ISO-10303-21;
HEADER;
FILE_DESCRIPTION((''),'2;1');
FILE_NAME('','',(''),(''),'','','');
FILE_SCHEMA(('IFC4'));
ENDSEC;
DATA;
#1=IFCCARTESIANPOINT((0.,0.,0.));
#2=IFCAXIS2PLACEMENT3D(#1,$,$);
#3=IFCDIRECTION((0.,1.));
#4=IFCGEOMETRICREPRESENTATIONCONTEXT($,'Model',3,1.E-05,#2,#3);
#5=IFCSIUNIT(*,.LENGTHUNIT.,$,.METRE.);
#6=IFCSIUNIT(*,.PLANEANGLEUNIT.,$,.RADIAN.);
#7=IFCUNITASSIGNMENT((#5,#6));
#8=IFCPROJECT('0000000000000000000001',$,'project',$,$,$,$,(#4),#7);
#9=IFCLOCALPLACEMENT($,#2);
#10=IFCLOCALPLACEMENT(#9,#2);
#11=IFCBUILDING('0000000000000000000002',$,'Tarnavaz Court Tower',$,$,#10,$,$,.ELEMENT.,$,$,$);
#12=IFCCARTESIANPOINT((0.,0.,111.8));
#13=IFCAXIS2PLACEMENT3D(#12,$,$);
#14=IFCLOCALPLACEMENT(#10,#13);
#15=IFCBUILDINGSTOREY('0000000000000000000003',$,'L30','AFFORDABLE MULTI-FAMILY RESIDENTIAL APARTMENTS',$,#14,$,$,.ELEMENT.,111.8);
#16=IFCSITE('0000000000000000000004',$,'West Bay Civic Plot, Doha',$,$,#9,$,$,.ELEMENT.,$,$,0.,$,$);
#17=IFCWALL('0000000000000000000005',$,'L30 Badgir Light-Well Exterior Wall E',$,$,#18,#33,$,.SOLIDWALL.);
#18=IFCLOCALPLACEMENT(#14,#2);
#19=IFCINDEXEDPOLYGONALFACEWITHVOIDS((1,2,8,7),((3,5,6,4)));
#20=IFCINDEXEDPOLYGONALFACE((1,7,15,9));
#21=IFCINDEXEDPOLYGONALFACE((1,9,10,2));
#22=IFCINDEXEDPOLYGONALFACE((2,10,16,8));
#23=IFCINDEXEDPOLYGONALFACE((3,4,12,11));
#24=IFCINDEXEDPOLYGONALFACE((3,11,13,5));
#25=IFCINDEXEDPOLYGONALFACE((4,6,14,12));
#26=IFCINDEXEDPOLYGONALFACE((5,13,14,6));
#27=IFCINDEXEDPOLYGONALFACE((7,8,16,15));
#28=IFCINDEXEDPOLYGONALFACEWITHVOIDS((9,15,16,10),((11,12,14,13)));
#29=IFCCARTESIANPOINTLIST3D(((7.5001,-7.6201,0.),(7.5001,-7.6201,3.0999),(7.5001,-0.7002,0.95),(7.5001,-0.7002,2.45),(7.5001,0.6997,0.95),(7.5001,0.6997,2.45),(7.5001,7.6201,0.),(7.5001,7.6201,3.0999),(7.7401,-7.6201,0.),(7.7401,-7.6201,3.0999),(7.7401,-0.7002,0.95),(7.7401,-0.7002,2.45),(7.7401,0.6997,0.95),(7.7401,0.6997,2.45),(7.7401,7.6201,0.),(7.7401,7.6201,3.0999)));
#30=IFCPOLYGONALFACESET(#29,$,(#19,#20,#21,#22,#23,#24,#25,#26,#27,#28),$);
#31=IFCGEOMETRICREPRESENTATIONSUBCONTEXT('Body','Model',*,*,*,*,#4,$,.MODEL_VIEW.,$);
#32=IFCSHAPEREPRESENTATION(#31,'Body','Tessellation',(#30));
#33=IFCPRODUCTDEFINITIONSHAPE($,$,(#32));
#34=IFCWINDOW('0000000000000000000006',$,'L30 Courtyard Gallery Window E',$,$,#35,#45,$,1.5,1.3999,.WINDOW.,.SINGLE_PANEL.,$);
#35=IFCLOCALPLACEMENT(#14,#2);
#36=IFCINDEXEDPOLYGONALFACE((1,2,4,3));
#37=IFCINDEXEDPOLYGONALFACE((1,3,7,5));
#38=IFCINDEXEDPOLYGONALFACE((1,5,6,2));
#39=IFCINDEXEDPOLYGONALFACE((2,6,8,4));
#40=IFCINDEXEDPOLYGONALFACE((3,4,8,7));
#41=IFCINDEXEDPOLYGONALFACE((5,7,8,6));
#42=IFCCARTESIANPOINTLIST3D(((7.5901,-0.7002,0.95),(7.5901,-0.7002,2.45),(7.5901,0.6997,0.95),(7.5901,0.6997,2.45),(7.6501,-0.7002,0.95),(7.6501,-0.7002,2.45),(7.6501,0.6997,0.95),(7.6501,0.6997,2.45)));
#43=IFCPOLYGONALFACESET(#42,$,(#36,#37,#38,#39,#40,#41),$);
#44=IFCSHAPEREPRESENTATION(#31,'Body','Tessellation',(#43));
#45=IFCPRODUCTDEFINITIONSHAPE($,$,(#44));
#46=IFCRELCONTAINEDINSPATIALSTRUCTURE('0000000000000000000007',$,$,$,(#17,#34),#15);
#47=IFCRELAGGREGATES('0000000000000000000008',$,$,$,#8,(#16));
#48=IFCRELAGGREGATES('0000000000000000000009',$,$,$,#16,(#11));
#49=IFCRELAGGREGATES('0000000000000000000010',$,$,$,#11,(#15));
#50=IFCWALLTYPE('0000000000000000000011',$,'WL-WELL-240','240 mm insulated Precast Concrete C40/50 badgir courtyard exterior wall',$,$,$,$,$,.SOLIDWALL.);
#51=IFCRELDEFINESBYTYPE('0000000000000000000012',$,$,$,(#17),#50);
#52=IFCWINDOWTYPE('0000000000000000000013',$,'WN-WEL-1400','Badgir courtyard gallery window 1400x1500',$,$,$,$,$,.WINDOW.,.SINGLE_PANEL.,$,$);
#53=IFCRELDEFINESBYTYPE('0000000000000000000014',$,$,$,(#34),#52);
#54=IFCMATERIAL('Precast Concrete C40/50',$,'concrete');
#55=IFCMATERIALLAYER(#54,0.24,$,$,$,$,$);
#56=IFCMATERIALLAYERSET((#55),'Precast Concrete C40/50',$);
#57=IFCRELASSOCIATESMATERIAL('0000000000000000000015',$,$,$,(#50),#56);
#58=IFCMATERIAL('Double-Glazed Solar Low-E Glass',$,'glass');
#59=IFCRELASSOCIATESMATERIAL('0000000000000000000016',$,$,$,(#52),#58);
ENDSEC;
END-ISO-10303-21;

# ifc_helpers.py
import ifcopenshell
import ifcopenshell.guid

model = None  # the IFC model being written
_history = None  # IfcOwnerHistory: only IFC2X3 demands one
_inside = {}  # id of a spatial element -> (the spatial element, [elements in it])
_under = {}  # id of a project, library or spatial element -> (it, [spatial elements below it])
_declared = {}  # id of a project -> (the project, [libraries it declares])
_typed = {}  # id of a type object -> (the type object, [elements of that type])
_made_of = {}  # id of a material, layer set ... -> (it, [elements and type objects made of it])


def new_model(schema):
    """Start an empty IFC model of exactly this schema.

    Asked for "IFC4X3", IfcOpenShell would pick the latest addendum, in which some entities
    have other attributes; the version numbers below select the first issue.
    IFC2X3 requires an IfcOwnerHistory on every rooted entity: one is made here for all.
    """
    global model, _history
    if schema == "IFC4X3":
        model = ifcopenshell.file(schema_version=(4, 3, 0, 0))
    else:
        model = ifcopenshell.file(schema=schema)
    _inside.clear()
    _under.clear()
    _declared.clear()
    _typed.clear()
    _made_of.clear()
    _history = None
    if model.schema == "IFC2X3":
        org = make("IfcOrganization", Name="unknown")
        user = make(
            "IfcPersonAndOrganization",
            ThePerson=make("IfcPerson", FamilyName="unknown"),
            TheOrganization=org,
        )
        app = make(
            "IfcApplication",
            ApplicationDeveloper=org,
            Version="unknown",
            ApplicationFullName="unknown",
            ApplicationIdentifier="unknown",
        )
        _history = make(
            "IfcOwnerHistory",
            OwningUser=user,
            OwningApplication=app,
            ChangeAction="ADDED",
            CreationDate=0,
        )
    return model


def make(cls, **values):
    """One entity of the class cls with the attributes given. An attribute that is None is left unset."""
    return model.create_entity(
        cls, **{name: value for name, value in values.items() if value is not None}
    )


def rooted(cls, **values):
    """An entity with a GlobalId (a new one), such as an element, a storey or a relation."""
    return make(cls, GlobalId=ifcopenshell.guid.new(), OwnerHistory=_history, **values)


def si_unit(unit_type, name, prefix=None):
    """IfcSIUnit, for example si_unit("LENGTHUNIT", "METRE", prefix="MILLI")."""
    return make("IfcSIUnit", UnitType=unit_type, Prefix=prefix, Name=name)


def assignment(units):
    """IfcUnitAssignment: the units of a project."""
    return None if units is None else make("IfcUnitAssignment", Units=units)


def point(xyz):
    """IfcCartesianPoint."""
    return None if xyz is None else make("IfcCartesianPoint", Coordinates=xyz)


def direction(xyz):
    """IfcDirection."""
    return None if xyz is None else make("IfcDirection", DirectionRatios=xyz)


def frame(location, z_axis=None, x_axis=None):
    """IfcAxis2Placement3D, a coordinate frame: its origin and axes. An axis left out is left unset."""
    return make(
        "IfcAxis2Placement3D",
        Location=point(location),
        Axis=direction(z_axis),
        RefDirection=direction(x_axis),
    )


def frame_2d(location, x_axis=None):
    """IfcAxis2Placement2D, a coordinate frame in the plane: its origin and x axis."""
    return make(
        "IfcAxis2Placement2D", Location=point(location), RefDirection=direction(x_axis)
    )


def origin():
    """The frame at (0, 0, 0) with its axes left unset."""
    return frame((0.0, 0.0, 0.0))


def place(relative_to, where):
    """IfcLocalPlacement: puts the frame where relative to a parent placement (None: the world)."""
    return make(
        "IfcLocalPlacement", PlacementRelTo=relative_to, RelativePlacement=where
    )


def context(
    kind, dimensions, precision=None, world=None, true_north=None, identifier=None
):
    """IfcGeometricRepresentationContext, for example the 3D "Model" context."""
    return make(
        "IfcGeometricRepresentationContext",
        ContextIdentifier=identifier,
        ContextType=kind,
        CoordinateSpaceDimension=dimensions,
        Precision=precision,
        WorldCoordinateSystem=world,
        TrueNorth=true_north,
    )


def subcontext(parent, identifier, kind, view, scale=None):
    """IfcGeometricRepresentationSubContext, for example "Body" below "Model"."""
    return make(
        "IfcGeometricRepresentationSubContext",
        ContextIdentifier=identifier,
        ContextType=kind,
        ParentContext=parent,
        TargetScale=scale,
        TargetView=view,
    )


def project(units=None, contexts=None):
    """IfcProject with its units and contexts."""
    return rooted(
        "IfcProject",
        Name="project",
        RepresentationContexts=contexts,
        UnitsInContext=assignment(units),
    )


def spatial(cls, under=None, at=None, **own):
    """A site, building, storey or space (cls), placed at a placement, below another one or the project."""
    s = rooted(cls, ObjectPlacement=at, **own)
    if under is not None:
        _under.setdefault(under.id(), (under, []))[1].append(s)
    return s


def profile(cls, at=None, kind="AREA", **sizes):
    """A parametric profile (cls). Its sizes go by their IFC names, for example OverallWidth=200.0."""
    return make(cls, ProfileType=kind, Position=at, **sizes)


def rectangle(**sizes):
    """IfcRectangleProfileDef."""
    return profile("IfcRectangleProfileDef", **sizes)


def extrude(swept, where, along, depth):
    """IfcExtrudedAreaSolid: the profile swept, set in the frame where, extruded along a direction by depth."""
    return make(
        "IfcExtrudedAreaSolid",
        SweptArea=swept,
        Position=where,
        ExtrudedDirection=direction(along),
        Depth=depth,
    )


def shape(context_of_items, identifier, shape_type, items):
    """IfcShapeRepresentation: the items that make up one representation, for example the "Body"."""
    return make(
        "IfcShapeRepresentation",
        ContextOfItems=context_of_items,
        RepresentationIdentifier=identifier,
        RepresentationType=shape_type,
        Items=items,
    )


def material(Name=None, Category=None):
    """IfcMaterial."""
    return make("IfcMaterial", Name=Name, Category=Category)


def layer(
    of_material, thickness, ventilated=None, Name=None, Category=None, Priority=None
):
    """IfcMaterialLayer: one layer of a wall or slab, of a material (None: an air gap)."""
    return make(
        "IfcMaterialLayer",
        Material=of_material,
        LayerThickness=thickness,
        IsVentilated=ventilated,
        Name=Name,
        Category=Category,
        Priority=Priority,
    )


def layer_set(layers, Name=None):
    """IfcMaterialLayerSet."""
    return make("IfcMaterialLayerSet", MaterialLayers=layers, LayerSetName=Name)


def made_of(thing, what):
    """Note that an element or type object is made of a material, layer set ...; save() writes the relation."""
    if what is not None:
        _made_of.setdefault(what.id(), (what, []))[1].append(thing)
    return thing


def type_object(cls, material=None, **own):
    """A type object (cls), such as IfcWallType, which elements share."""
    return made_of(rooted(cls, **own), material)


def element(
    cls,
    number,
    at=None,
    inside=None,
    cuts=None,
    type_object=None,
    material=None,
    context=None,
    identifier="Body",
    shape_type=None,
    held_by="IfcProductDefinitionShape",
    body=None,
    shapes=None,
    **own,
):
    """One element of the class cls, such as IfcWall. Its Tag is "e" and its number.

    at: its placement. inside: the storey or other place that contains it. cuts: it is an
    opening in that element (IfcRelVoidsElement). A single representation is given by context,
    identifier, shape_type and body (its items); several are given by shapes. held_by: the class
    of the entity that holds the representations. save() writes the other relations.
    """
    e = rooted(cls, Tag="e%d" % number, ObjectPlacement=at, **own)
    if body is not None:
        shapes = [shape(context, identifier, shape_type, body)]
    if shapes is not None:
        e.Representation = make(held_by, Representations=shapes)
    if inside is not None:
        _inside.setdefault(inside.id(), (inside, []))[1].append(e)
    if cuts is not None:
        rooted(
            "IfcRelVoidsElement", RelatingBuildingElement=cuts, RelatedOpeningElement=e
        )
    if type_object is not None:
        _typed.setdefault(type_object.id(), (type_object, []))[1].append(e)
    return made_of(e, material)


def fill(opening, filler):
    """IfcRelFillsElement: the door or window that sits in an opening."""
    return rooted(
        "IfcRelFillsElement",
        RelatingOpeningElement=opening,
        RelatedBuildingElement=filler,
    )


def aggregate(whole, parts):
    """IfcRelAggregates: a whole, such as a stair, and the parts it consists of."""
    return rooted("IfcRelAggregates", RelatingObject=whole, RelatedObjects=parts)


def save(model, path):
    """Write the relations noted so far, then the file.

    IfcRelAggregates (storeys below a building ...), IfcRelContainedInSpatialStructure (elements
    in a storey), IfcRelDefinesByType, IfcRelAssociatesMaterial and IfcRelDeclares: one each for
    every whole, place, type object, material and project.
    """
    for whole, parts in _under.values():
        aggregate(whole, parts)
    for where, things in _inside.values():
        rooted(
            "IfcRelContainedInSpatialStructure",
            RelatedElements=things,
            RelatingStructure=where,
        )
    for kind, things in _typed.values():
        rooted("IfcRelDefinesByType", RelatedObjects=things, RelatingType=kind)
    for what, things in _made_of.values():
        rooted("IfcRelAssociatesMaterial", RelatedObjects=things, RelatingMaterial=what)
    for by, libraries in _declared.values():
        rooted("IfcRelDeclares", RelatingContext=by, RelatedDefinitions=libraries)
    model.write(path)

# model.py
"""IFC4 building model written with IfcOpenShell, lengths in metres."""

from ifc_helpers import new_model, si_unit, direction, frame, frame_2d, origin, place, context, subcontext, project, spatial, rectangle, extrude, material, layer, layer_set, type_object, element, fill, save


model = new_model("IFC4")

# Units and contexts
model_context = context("Model", 3, precision=1e-05, world=origin(), true_north=direction((0.0, 1.0)))
body_context = subcontext(model_context, "Body", "Model", "MODEL_VIEW")
ifc_project = project(units=[si_unit("LENGTHUNIT", "METRE"), si_unit("PLANEANGLEUNIT", "RADIAN")], contexts=[model_context])

# Site, building, storey
site_placement = place(None, origin())
site = spatial("IfcSite", under=ifc_project, at=site_placement, Name="West Bay Civic Plot, Doha", CompositionType="ELEMENT", RefElevation=0.0)
building_placement = place(site_placement, origin())
building = spatial("IfcBuilding", under=site, at=building_placement, Name="Tarnavaz Court Tower", CompositionType="ELEMENT")
storey_placement = place(building_placement, frame((0.0, 0.0, 111.8)))
storey = spatial("IfcBuildingStorey", under=building, at=storey_placement, Name="L30", Description="AFFORDABLE MULTI-FAMILY RESIDENTIAL APARTMENTS", CompositionType="ELEMENT", Elevation=111.8)

# Wall, opening, window
ifc_material_1 = material(Name="Precast Concrete C40/50", Category="concrete")
ifc_layer_1 = layer(ifc_material_1, 0.24)
ifc_layer_set_1 = layer_set([ifc_layer_1], Name="Precast Concrete C40/50")
wall_type_1 = type_object("IfcWallType", Name="WL-WELL-240", Description="240 mm insulated Precast Concrete C40/50 badgir courtyard exterior wall", PredefinedType="SOLIDWALL", material=ifc_layer_set_1)
wall_1_placement = place(storey_placement, frame((7.6201, -7.6201, 0.0), z_axis=(0.0, 0.0, 1.0), x_axis=(0.0, 1.0, 0.0)))
wall_1 = element("IfcWall", 1, at=wall_1_placement, inside=storey, type_object=wall_type_1, Name="L30 Badgir Light-Well Exterior Wall E", PredefinedType="SOLIDWALL", context=body_context, shape_type="SweptSolid", body=[
    extrude(rectangle(XDim=15.2402, YDim=0.24, at=frame_2d((7.6201, 0.0))), origin(), (0.0, 0.0, 1.0), 3.0999),
])
opening_1_placement = place(wall_1_placement, frame((6.9199, 0.0, 0.95)))
opening_1 = element("IfcOpeningElement", 2, at=opening_1_placement, cuts=wall_1, PredefinedType="OPENING", context=body_context, shape_type="SweptSolid", body=[
    extrude(rectangle(XDim=1.3999, YDim=1.5, at=frame_2d((0.7, 0.75))), frame((0.0, 0.1299, 0.0), z_axis=(0.0, -1.0, 0.0), x_axis=(1.0, 0.0, 0.0)), (0.0, 0.0, 1.0), 0.26),
])
ifc_material_2 = material(Name="Double-Glazed Solar Low-E Glass", Category="glass")
window_type = type_object("IfcWindowType", Name="WN-WEL-1400", Description="Badgir courtyard gallery window 1400x1500", PartitioningType="SINGLE_PANEL", PredefinedType="WINDOW", material=ifc_material_2)
window_placement = place(opening_1_placement, origin())
window = element("IfcWindow", 3, at=window_placement, inside=storey, type_object=window_type, Name="L30 Courtyard Gallery Window E", OverallHeight=1.5, OverallWidth=1.3999, PartitioningType="SINGLE_PANEL", PredefinedType="WINDOW", context=body_context, shape_type="SweptSolid", body=[
    extrude(rectangle(XDim=1.3999, YDim=1.5, at=frame_2d((0.7, 0.75))), frame((0.0, 0.03, 0.0), z_axis=(0.0, -1.0, 0.0), x_axis=(1.0, 0.0, 0.0)), (0.0, 0.0, 1.0), 0.0601),
])
fill(opening_1, window)

save(model, "model.ifc")
